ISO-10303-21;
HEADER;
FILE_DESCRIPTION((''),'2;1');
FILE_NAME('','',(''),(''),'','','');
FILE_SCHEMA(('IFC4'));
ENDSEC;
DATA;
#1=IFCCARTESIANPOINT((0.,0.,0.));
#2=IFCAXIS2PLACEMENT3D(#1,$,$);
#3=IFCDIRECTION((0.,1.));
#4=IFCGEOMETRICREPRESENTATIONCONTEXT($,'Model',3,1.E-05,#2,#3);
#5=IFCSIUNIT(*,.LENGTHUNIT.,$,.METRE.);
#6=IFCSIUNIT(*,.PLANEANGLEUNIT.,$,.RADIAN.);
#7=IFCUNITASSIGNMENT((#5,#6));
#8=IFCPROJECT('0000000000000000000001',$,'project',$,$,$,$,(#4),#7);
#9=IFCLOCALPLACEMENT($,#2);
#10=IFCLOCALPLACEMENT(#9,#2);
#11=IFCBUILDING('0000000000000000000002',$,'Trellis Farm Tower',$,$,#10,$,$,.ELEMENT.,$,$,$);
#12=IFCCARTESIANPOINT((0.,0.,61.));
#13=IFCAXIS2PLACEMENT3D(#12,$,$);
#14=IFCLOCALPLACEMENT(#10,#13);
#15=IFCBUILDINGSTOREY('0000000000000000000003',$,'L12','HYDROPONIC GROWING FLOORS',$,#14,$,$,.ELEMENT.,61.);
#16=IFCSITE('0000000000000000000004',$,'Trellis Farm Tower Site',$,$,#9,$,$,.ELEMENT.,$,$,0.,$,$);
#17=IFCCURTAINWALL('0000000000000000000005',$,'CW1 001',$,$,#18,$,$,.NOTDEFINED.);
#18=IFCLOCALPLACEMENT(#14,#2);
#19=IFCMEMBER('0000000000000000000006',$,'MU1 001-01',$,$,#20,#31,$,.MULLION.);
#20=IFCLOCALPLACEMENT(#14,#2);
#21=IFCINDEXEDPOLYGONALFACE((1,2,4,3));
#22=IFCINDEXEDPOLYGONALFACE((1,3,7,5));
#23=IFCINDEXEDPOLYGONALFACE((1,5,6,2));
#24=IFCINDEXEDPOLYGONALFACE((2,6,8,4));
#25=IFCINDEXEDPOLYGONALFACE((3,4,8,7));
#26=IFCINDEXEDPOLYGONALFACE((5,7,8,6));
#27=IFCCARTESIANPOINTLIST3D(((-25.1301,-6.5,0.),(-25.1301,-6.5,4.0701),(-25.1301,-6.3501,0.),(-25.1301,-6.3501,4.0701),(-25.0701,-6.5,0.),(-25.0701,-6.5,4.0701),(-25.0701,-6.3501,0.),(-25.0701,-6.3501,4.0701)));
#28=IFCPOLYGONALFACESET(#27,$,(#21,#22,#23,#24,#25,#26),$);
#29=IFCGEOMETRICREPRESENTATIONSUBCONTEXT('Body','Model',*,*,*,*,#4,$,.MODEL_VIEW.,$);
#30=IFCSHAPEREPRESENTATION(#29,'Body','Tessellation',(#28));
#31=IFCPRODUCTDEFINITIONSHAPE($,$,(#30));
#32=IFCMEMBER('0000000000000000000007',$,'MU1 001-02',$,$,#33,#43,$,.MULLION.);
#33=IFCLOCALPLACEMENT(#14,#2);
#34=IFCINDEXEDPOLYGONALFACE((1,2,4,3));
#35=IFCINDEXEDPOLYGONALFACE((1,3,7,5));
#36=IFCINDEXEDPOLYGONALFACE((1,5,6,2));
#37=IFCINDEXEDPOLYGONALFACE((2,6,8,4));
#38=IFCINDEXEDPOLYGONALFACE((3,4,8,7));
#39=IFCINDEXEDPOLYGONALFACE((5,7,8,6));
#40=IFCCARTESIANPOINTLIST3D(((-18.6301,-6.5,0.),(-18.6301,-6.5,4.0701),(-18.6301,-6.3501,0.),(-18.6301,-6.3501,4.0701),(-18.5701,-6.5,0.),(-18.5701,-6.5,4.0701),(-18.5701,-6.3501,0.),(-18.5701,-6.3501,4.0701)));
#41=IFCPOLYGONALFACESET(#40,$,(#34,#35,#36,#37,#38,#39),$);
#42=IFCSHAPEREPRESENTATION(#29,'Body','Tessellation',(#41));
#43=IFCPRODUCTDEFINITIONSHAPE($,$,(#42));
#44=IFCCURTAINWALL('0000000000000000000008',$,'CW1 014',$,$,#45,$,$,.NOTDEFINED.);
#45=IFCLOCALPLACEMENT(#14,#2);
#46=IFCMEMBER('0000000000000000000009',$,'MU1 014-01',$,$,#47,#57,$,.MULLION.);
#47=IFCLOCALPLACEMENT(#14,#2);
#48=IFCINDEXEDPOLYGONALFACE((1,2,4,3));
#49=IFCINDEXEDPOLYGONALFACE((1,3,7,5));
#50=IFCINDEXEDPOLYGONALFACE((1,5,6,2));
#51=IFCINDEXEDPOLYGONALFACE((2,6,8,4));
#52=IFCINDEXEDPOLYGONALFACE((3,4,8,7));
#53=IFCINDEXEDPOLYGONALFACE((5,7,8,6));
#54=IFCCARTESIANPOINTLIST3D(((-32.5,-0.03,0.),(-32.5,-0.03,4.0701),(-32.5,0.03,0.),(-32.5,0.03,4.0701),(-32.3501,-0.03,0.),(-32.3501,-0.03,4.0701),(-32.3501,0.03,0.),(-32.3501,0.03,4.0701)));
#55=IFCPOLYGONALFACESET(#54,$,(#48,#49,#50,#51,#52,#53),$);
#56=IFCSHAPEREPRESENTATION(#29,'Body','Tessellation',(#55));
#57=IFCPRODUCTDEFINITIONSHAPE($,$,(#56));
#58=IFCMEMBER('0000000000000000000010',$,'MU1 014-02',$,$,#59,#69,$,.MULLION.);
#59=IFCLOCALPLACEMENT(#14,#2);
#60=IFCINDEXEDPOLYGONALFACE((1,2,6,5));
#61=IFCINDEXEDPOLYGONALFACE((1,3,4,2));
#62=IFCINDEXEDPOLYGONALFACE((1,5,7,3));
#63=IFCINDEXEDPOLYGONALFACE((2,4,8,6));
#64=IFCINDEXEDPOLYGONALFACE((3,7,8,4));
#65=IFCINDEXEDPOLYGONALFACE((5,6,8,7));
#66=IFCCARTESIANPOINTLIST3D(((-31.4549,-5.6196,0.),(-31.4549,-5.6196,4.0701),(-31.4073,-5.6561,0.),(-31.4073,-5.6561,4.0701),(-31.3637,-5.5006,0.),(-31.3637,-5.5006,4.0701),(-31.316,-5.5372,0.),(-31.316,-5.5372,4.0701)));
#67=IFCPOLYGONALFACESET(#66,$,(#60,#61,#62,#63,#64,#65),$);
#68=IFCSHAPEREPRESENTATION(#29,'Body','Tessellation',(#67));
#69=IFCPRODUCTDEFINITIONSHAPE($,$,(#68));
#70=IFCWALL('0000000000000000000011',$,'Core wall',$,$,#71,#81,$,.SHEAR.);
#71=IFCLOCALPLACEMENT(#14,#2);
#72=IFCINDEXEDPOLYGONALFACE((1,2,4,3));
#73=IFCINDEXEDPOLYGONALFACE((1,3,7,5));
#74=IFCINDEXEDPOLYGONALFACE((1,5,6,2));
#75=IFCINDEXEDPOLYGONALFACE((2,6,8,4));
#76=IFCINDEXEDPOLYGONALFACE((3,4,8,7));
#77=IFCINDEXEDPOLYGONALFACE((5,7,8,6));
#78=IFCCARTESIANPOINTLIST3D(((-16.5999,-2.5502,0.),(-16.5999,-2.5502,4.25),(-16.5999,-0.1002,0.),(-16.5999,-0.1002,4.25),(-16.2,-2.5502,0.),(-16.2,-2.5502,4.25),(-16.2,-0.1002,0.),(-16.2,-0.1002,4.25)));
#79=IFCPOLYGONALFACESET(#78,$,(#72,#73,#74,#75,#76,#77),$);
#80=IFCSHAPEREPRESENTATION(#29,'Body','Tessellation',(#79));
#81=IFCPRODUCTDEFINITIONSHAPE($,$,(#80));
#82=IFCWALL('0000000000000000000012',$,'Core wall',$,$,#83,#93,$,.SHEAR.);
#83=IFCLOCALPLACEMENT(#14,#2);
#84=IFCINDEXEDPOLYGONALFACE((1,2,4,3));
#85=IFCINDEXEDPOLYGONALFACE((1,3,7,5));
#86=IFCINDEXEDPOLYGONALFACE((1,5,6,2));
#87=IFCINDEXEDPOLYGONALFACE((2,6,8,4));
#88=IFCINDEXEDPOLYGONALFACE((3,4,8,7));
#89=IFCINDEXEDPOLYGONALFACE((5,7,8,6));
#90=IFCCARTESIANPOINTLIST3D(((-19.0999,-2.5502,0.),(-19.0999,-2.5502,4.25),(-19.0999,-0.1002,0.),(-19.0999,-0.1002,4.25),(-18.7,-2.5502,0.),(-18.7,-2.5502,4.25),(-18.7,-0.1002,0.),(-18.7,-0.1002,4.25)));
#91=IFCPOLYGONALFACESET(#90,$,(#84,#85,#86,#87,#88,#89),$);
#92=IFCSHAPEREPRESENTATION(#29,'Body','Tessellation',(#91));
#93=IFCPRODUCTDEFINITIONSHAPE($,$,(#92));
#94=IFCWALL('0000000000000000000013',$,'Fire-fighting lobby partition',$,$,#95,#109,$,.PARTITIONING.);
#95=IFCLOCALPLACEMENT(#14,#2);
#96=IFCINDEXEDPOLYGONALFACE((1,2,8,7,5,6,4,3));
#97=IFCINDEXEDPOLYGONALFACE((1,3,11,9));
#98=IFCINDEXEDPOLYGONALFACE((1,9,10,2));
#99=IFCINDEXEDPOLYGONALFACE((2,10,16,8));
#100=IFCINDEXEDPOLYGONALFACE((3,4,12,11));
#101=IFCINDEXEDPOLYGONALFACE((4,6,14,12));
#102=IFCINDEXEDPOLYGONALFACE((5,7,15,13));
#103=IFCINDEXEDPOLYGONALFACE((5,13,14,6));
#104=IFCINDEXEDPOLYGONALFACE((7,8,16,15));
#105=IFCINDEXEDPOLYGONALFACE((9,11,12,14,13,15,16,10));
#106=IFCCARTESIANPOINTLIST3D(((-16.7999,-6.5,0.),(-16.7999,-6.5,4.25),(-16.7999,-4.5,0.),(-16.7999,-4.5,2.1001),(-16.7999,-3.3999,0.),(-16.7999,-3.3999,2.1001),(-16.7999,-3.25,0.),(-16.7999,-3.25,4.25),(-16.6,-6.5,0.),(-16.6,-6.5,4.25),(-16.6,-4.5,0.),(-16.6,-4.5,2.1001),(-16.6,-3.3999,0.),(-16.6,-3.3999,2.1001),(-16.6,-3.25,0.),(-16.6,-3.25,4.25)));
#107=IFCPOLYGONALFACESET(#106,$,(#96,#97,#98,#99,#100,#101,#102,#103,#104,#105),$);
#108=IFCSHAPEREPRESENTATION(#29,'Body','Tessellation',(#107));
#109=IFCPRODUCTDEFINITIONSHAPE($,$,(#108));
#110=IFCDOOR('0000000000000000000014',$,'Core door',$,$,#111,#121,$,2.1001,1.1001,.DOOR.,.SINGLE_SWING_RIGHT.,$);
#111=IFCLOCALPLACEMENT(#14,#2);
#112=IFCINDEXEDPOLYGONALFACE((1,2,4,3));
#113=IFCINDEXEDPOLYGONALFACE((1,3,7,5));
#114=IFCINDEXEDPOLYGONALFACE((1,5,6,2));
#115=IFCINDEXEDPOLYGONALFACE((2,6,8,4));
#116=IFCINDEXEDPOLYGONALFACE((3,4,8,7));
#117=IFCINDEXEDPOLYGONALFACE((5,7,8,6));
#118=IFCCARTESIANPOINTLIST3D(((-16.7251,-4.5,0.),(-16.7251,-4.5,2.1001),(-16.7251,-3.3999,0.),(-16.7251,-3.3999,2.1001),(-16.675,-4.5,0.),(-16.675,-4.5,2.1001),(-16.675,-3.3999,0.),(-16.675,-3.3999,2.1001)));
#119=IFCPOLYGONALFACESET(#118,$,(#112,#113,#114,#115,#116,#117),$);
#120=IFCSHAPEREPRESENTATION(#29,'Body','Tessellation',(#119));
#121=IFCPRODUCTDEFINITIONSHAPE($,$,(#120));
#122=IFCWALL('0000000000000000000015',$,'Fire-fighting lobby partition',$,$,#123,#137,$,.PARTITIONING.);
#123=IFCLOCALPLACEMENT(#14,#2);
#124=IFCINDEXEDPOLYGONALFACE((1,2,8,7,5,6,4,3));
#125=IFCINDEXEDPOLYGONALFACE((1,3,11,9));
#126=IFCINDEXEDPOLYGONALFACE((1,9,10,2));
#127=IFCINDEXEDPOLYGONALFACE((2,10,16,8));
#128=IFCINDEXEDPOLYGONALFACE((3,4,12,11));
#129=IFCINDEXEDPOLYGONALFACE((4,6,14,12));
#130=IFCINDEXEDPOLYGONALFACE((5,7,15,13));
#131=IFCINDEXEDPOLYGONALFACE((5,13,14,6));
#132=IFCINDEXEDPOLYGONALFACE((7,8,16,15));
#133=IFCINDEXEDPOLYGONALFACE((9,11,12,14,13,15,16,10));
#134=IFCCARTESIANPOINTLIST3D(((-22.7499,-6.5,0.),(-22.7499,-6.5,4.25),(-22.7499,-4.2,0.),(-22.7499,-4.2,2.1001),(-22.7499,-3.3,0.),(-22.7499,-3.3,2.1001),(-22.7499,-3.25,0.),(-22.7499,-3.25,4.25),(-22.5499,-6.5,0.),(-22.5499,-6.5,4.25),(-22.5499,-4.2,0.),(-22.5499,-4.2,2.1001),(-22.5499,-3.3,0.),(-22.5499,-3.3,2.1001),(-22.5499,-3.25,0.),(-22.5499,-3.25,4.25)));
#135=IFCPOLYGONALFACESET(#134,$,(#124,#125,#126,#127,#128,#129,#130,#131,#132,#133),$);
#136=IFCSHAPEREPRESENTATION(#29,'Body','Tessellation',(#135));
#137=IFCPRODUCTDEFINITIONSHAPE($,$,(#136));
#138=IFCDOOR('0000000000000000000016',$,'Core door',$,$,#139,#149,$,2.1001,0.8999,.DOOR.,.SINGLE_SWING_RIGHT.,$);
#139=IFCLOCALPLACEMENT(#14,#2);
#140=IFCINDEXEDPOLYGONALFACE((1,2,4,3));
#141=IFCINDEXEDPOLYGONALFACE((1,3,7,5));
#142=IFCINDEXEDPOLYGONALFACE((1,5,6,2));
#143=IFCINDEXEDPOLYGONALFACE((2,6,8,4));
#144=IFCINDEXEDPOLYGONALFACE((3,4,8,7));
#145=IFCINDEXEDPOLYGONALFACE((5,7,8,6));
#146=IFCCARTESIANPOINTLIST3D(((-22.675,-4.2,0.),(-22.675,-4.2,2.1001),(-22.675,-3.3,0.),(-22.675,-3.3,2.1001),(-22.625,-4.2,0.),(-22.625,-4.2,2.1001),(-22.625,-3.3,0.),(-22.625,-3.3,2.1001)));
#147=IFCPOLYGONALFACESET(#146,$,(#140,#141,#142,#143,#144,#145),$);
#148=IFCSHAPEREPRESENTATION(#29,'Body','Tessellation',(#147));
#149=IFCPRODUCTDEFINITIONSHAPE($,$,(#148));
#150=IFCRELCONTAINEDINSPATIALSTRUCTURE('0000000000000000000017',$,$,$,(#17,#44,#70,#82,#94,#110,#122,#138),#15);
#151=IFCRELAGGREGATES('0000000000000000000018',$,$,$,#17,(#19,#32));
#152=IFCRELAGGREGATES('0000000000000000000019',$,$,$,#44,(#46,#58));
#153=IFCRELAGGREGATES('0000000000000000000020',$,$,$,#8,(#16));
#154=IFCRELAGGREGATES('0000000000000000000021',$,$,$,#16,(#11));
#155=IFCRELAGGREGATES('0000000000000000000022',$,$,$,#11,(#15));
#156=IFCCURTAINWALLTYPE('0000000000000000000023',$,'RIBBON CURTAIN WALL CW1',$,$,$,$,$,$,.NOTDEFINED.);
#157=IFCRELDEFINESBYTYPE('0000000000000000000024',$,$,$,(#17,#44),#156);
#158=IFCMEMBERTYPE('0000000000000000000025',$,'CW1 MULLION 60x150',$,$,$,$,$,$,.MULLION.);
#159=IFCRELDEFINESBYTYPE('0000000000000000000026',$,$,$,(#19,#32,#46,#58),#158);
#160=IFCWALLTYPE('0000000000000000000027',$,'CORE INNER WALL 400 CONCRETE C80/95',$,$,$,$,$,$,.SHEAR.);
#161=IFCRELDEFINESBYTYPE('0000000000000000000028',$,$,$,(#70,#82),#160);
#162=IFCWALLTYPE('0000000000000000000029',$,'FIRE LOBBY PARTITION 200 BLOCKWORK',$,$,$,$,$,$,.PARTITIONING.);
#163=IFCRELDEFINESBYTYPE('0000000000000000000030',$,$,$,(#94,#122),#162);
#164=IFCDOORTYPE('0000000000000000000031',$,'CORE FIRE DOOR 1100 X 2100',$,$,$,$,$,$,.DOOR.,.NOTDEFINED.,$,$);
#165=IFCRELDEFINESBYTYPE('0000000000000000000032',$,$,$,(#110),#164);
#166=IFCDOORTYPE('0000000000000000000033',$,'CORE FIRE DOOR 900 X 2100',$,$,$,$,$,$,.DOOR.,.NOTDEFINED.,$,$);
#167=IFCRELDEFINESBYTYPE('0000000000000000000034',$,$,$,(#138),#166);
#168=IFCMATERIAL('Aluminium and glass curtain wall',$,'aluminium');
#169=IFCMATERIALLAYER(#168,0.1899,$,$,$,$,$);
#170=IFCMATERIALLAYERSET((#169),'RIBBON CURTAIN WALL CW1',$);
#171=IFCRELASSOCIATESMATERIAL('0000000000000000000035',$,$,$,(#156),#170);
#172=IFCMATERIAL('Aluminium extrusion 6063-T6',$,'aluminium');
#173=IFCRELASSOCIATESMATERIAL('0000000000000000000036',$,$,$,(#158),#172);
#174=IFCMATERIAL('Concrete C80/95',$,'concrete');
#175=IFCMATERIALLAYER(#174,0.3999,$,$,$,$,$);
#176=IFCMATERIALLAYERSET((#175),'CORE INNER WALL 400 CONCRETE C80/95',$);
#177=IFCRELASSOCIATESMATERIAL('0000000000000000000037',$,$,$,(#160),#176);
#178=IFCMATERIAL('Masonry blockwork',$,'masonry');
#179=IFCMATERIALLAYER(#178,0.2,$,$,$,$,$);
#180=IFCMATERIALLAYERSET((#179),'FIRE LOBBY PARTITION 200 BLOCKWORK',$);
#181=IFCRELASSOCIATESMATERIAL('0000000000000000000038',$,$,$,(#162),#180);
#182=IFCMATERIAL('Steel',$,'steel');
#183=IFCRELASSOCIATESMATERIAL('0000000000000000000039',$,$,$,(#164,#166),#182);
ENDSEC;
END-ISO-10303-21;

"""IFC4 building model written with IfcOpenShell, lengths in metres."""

from ifc_helpers import new_model, si_unit, direction, frame, frame_2d, origin, origin_2d, place, context, subcontext, project, spatial, rectangle, extrude, source, transform, mapped, material, layer, layer_set, material_profile, profile_set, type_object, element, fill, aggregate, save


model = new_model("IFC4")

# Units and contexts
model_context = context("Model", 3, precision=1e-05, world=origin(), true_north=direction((0.0, 1.0)))
body_context = subcontext(model_context, "Body", "Model", "MODEL_VIEW")
ifc_project = project(units=[si_unit("LENGTHUNIT", "METRE"), si_unit("PLANEANGLEUNIT", "RADIAN")], contexts=[model_context])

# Site, building, storey
site_placement = place(None, origin())
site = spatial("IfcSite", under=ifc_project, at=site_placement, Name="Trellis Farm Tower Site", CompositionType="ELEMENT", RefElevation=0.0)
building_placement = place(site_placement, origin())
building = spatial("IfcBuilding", under=site, at=building_placement, Name="Trellis Farm Tower", CompositionType="ELEMENT")
storey_placement = place(building_placement, frame((0.0, 0.0, 61.0)))
storey = spatial("IfcBuildingStorey", under=building, at=storey_placement, Name="L12", Description="HYDROPONIC GROWING FLOORS", CompositionType="ELEMENT", Elevation=61.0)

# Shared definitions
ifc_material_1 = material(Name="Concrete C80/95", Category="concrete")

# Curtain walls, members
ifc_material_2 = material(Name="Aluminium and glass curtain wall", Category="aluminium")
ifc_layer_1 = layer(ifc_material_2, 0.1899)
ifc_layer_set_1 = layer_set([ifc_layer_1], Name="RIBBON CURTAIN WALL CW1")
curtain_wall_type = type_object("IfcCurtainWallType", Name="RIBBON CURTAIN WALL CW1", PredefinedType="NOTDEFINED", material=ifc_layer_set_1)
placement = place(storey_placement, origin())
curtain_wall_1 = element("IfcCurtainWall", 1, at=placement, inside=storey, type_object=curtain_wall_type, Name="CW1 001", PredefinedType="NOTDEFINED")
ifc_material_3 = material(Name="Aluminium extrusion 6063-T6", Category="aluminium")
ifc_material_profile_1 = material_profile(ifc_material_3, rectangle(XDim=0.0601, YDim=0.1499, at=origin_2d()), Name="MULLION 60x150")
ifc_profile_set_1 = profile_set([ifc_material_profile_1], Name="Aluminium extrusion 6063-T6")
member_type = type_object("IfcMemberType", Name="CW1 MULLION 60x150", PredefinedType="MULLION", material=ifc_profile_set_1)
shared_shape_1 = source(origin(), body_context, "Body", "SweptSolid", [
    extrude(rectangle(XDim=0.0601, YDim=0.1499, at=origin_2d()), origin(), (0.0, 0.0, 1.0), 4.0701),
])
member_1_placement = place(storey_placement, frame((-25.1001, -6.425, 0.0), z_axis=(0.0, 0.0, 1.0), x_axis=(1.0, 0.0, 0.0)))
member_1 = element("IfcMember", 2, at=member_1_placement, type_object=member_type, Name="MU1 001-01", PredefinedType="MULLION", context=body_context, shape_type="MappedRepresentation", body=[
    mapped(shared_shape_1, transform((0.0, 0.0, 0.0))),
])
member_2_placement = place(storey_placement, frame((-18.6001, -6.425, 0.0), z_axis=(0.0, 0.0, 1.0), x_axis=(1.0, 0.0, 0.0)))
member_2 = element("IfcMember", 3, at=member_2_placement, type_object=member_type, Name="MU1 001-02", PredefinedType="MULLION", context=body_context, shape_type="MappedRepresentation", body=[
    mapped(shared_shape_1, transform((0.0, 0.0, 0.0))),
])
aggregate(curtain_wall_1, [member_1, member_2])
curtain_wall_2 = element("IfcCurtainWall", 4, at=placement, inside=storey, type_object=curtain_wall_type, Name="CW1 014", PredefinedType="NOTDEFINED")
member_3_placement = place(storey_placement, frame((-32.425, 0.0, 0.0), z_axis=(0.0, 0.0, 1.0), x_axis=(0.0, -1.0, 0.0)))
member_3 = element("IfcMember", 5, at=member_3_placement, type_object=member_type, Name="MU1 014-01", PredefinedType="MULLION", context=body_context, shape_type="MappedRepresentation", body=[
    mapped(shared_shape_1, transform((0.0, 0.0, 0.0))),
])
member_4_placement = place(storey_placement, frame((-31.3855, -5.5784, 0.0), z_axis=(0.0, 0.0, 1.0), x_axis=(0.793353, -0.608761, 0.0)))
member_4 = element("IfcMember", 6, at=member_4_placement, type_object=member_type, Name="MU1 014-02", PredefinedType="MULLION", context=body_context, shape_type="MappedRepresentation", body=[
    mapped(shared_shape_1, transform((0.0, 0.0, 0.0))),
])
aggregate(curtain_wall_2, [member_3, member_4])

# Walls
ifc_layer_2 = layer(ifc_material_1, 0.3999)
ifc_layer_set_2 = layer_set([ifc_layer_2], Name="CORE INNER WALL 400 CONCRETE C80/95")
wall_type_1 = type_object("IfcWallType", Name="CORE INNER WALL 400 CONCRETE C80/95", PredefinedType="SHEAR", material=ifc_layer_set_2)
shared_shape_2 = source(origin(), body_context, "Body", "SweptSolid", [
    extrude(rectangle(XDim=2.45, YDim=0.3999, at=frame_2d((1.2251, 0.0))), origin(), (0.0, 0.0, 1.0), 4.25),
])
for number, where, z_axis, x_axis, name in (
    (7, (-16.3999, -0.1001, 0.0), (0.0, 0.0, 1.0), (0.0, -1.0, 0.0), "Core wall"),
    (8, (-18.8999, -0.1001, 0.0), (0.0, 0.0, 1.0), (0.0, -1.0, 0.0), "Core wall"),
):
    element("IfcWall", number, at=place(storey_placement, frame(where, z_axis=z_axis, x_axis=x_axis)), inside=storey, type_object=wall_type_1, Name=name, PredefinedType="SHEAR", context=body_context, shape_type="MappedRepresentation", body=[
        mapped(shared_shape_2, transform((0.0, 0.0, 0.0))),
    ])

# Walls, openings, doors
ifc_material_4 = material(Name="Masonry blockwork", Category="masonry")
ifc_layer_3 = layer(ifc_material_4, 0.2)
ifc_layer_set_3 = layer_set([ifc_layer_3], Name="FIRE LOBBY PARTITION 200 BLOCKWORK")
wall_type_2 = type_object("IfcWallType", Name="FIRE LOBBY PARTITION 200 BLOCKWORK", PredefinedType="PARTITIONING", material=ifc_layer_set_3)
shared_shape_3 = source(origin(), body_context, "Body", "SweptSolid", [
    extrude(rectangle(XDim=3.25, YDim=0.2, at=frame_2d((1.625, 0.0))), origin(), (0.0, 0.0, 1.0), 4.25),
])
wall_1_placement = place(storey_placement, frame((-16.7, -3.25, 0.0), z_axis=(0.0, 0.0, 1.0), x_axis=(0.0, -1.0, 0.0)))
wall_1 = element("IfcWall", 9, at=wall_1_placement, inside=storey, type_object=wall_type_2, Name="Fire-fighting lobby partition", PredefinedType="PARTITIONING", context=body_context, shape_type="MappedRepresentation", body=[
    mapped(shared_shape_3, transform((0.0, 0.0, 0.0))),
])
shared_shape_4 = source(origin(), body_context, "Body", "SweptSolid", [
    extrude(rectangle(XDim=1.1001, YDim=2.1001, at=frame_2d((0.55, 1.05))), frame((0.0, 0.1101, 0.0), z_axis=(0.0, -1.0, 0.0), x_axis=(1.0, 0.0, 0.0)), (0.0, 0.0, 1.0), 0.2202),
])
opening_1_placement = place(wall_1_placement, frame((0.1499, 0.0, 0.0)))
opening_1 = element("IfcOpeningElement", 10, at=opening_1_placement, cuts=wall_1, PredefinedType="OPENING", context=body_context, shape_type="MappedRepresentation", body=[
    mapped(shared_shape_4, transform((0.0, 0.0, 0.0))),
])
ifc_material_5 = material(Name="Steel", Category="steel")
door_type_1 = type_object("IfcDoorType", Name="CORE FIRE DOOR 1100 X 2100", OperationType="NOTDEFINED", PredefinedType="DOOR", material=ifc_material_5)
shared_shape_5 = source(origin(), body_context, "Body", "SweptSolid", [
    extrude(rectangle(XDim=1.1001, YDim=2.1001, at=frame_2d((0.55, 1.05))), frame((0.0, 0.0249, 0.0), z_axis=(0.0, -1.0, 0.0), x_axis=(1.0, 0.0, 0.0)), (0.0, 0.0, 1.0), 0.05),
])
door_1_placement = place(opening_1_placement, origin())
door_1 = element("IfcDoor", 11, at=door_1_placement, inside=storey, type_object=door_type_1, Name="Core door", OperationType="SINGLE_SWING_RIGHT", OverallHeight=2.1001, OverallWidth=1.1001, PredefinedType="DOOR", context=body_context, shape_type="MappedRepresentation", body=[
    mapped(shared_shape_5, transform((0.0, 0.0, 0.0))),
])
fill(opening_1, door_1)
wall_2_placement = place(storey_placement, frame((-22.6499, -3.25, 0.0), z_axis=(0.0, 0.0, 1.0), x_axis=(0.0, -1.0, 0.0)))
wall_2 = element("IfcWall", 12, at=wall_2_placement, inside=storey, type_object=wall_type_2, Name="Fire-fighting lobby partition", PredefinedType="PARTITIONING", context=body_context, shape_type="MappedRepresentation", body=[
    mapped(shared_shape_3, transform((0.0, 0.0, 0.0))),
])
shared_shape_6 = source(origin(), body_context, "Body", "SweptSolid", [
    extrude(rectangle(XDim=0.8999, YDim=2.1001, at=frame_2d((0.45, 1.05))), frame((0.0, 0.1101, 0.0), z_axis=(0.0, -1.0, 0.0), x_axis=(1.0, 0.0, 0.0)), (0.0, 0.0, 1.0), 0.2202),
])
opening_2_placement = place(wall_2_placement, frame((0.05, 0.0, 0.0)))
opening_2 = element("IfcOpeningElement", 13, at=opening_2_placement, cuts=wall_2, PredefinedType="OPENING", context=body_context, shape_type="MappedRepresentation", body=[
    mapped(shared_shape_6, transform((0.0, 0.0, 0.0))),
])
door_type_2 = type_object("IfcDoorType", Name="CORE FIRE DOOR 900 X 2100", OperationType="NOTDEFINED", PredefinedType="DOOR", material=ifc_material_5)
shared_shape_7 = source(origin(), body_context, "Body", "SweptSolid", [
    extrude(rectangle(XDim=0.8999, YDim=2.1001, at=frame_2d((0.45, 1.05))), frame((0.0, 0.0249, 0.0), z_axis=(0.0, -1.0, 0.0), x_axis=(1.0, 0.0, 0.0)), (0.0, 0.0, 1.0), 0.05),
])
door_2_placement = place(opening_2_placement, origin())
door_2 = element("IfcDoor", 14, at=door_2_placement, inside=storey, type_object=door_type_2, Name="Core door", OperationType="SINGLE_SWING_RIGHT", OverallHeight=2.1001, OverallWidth=0.8999, PredefinedType="DOOR", context=body_context, shape_type="MappedRepresentation", body=[
    mapped(shared_shape_7, transform((0.0, 0.0, 0.0))),
])
fill(opening_2, door_2)

save(model, "model.ifc")
